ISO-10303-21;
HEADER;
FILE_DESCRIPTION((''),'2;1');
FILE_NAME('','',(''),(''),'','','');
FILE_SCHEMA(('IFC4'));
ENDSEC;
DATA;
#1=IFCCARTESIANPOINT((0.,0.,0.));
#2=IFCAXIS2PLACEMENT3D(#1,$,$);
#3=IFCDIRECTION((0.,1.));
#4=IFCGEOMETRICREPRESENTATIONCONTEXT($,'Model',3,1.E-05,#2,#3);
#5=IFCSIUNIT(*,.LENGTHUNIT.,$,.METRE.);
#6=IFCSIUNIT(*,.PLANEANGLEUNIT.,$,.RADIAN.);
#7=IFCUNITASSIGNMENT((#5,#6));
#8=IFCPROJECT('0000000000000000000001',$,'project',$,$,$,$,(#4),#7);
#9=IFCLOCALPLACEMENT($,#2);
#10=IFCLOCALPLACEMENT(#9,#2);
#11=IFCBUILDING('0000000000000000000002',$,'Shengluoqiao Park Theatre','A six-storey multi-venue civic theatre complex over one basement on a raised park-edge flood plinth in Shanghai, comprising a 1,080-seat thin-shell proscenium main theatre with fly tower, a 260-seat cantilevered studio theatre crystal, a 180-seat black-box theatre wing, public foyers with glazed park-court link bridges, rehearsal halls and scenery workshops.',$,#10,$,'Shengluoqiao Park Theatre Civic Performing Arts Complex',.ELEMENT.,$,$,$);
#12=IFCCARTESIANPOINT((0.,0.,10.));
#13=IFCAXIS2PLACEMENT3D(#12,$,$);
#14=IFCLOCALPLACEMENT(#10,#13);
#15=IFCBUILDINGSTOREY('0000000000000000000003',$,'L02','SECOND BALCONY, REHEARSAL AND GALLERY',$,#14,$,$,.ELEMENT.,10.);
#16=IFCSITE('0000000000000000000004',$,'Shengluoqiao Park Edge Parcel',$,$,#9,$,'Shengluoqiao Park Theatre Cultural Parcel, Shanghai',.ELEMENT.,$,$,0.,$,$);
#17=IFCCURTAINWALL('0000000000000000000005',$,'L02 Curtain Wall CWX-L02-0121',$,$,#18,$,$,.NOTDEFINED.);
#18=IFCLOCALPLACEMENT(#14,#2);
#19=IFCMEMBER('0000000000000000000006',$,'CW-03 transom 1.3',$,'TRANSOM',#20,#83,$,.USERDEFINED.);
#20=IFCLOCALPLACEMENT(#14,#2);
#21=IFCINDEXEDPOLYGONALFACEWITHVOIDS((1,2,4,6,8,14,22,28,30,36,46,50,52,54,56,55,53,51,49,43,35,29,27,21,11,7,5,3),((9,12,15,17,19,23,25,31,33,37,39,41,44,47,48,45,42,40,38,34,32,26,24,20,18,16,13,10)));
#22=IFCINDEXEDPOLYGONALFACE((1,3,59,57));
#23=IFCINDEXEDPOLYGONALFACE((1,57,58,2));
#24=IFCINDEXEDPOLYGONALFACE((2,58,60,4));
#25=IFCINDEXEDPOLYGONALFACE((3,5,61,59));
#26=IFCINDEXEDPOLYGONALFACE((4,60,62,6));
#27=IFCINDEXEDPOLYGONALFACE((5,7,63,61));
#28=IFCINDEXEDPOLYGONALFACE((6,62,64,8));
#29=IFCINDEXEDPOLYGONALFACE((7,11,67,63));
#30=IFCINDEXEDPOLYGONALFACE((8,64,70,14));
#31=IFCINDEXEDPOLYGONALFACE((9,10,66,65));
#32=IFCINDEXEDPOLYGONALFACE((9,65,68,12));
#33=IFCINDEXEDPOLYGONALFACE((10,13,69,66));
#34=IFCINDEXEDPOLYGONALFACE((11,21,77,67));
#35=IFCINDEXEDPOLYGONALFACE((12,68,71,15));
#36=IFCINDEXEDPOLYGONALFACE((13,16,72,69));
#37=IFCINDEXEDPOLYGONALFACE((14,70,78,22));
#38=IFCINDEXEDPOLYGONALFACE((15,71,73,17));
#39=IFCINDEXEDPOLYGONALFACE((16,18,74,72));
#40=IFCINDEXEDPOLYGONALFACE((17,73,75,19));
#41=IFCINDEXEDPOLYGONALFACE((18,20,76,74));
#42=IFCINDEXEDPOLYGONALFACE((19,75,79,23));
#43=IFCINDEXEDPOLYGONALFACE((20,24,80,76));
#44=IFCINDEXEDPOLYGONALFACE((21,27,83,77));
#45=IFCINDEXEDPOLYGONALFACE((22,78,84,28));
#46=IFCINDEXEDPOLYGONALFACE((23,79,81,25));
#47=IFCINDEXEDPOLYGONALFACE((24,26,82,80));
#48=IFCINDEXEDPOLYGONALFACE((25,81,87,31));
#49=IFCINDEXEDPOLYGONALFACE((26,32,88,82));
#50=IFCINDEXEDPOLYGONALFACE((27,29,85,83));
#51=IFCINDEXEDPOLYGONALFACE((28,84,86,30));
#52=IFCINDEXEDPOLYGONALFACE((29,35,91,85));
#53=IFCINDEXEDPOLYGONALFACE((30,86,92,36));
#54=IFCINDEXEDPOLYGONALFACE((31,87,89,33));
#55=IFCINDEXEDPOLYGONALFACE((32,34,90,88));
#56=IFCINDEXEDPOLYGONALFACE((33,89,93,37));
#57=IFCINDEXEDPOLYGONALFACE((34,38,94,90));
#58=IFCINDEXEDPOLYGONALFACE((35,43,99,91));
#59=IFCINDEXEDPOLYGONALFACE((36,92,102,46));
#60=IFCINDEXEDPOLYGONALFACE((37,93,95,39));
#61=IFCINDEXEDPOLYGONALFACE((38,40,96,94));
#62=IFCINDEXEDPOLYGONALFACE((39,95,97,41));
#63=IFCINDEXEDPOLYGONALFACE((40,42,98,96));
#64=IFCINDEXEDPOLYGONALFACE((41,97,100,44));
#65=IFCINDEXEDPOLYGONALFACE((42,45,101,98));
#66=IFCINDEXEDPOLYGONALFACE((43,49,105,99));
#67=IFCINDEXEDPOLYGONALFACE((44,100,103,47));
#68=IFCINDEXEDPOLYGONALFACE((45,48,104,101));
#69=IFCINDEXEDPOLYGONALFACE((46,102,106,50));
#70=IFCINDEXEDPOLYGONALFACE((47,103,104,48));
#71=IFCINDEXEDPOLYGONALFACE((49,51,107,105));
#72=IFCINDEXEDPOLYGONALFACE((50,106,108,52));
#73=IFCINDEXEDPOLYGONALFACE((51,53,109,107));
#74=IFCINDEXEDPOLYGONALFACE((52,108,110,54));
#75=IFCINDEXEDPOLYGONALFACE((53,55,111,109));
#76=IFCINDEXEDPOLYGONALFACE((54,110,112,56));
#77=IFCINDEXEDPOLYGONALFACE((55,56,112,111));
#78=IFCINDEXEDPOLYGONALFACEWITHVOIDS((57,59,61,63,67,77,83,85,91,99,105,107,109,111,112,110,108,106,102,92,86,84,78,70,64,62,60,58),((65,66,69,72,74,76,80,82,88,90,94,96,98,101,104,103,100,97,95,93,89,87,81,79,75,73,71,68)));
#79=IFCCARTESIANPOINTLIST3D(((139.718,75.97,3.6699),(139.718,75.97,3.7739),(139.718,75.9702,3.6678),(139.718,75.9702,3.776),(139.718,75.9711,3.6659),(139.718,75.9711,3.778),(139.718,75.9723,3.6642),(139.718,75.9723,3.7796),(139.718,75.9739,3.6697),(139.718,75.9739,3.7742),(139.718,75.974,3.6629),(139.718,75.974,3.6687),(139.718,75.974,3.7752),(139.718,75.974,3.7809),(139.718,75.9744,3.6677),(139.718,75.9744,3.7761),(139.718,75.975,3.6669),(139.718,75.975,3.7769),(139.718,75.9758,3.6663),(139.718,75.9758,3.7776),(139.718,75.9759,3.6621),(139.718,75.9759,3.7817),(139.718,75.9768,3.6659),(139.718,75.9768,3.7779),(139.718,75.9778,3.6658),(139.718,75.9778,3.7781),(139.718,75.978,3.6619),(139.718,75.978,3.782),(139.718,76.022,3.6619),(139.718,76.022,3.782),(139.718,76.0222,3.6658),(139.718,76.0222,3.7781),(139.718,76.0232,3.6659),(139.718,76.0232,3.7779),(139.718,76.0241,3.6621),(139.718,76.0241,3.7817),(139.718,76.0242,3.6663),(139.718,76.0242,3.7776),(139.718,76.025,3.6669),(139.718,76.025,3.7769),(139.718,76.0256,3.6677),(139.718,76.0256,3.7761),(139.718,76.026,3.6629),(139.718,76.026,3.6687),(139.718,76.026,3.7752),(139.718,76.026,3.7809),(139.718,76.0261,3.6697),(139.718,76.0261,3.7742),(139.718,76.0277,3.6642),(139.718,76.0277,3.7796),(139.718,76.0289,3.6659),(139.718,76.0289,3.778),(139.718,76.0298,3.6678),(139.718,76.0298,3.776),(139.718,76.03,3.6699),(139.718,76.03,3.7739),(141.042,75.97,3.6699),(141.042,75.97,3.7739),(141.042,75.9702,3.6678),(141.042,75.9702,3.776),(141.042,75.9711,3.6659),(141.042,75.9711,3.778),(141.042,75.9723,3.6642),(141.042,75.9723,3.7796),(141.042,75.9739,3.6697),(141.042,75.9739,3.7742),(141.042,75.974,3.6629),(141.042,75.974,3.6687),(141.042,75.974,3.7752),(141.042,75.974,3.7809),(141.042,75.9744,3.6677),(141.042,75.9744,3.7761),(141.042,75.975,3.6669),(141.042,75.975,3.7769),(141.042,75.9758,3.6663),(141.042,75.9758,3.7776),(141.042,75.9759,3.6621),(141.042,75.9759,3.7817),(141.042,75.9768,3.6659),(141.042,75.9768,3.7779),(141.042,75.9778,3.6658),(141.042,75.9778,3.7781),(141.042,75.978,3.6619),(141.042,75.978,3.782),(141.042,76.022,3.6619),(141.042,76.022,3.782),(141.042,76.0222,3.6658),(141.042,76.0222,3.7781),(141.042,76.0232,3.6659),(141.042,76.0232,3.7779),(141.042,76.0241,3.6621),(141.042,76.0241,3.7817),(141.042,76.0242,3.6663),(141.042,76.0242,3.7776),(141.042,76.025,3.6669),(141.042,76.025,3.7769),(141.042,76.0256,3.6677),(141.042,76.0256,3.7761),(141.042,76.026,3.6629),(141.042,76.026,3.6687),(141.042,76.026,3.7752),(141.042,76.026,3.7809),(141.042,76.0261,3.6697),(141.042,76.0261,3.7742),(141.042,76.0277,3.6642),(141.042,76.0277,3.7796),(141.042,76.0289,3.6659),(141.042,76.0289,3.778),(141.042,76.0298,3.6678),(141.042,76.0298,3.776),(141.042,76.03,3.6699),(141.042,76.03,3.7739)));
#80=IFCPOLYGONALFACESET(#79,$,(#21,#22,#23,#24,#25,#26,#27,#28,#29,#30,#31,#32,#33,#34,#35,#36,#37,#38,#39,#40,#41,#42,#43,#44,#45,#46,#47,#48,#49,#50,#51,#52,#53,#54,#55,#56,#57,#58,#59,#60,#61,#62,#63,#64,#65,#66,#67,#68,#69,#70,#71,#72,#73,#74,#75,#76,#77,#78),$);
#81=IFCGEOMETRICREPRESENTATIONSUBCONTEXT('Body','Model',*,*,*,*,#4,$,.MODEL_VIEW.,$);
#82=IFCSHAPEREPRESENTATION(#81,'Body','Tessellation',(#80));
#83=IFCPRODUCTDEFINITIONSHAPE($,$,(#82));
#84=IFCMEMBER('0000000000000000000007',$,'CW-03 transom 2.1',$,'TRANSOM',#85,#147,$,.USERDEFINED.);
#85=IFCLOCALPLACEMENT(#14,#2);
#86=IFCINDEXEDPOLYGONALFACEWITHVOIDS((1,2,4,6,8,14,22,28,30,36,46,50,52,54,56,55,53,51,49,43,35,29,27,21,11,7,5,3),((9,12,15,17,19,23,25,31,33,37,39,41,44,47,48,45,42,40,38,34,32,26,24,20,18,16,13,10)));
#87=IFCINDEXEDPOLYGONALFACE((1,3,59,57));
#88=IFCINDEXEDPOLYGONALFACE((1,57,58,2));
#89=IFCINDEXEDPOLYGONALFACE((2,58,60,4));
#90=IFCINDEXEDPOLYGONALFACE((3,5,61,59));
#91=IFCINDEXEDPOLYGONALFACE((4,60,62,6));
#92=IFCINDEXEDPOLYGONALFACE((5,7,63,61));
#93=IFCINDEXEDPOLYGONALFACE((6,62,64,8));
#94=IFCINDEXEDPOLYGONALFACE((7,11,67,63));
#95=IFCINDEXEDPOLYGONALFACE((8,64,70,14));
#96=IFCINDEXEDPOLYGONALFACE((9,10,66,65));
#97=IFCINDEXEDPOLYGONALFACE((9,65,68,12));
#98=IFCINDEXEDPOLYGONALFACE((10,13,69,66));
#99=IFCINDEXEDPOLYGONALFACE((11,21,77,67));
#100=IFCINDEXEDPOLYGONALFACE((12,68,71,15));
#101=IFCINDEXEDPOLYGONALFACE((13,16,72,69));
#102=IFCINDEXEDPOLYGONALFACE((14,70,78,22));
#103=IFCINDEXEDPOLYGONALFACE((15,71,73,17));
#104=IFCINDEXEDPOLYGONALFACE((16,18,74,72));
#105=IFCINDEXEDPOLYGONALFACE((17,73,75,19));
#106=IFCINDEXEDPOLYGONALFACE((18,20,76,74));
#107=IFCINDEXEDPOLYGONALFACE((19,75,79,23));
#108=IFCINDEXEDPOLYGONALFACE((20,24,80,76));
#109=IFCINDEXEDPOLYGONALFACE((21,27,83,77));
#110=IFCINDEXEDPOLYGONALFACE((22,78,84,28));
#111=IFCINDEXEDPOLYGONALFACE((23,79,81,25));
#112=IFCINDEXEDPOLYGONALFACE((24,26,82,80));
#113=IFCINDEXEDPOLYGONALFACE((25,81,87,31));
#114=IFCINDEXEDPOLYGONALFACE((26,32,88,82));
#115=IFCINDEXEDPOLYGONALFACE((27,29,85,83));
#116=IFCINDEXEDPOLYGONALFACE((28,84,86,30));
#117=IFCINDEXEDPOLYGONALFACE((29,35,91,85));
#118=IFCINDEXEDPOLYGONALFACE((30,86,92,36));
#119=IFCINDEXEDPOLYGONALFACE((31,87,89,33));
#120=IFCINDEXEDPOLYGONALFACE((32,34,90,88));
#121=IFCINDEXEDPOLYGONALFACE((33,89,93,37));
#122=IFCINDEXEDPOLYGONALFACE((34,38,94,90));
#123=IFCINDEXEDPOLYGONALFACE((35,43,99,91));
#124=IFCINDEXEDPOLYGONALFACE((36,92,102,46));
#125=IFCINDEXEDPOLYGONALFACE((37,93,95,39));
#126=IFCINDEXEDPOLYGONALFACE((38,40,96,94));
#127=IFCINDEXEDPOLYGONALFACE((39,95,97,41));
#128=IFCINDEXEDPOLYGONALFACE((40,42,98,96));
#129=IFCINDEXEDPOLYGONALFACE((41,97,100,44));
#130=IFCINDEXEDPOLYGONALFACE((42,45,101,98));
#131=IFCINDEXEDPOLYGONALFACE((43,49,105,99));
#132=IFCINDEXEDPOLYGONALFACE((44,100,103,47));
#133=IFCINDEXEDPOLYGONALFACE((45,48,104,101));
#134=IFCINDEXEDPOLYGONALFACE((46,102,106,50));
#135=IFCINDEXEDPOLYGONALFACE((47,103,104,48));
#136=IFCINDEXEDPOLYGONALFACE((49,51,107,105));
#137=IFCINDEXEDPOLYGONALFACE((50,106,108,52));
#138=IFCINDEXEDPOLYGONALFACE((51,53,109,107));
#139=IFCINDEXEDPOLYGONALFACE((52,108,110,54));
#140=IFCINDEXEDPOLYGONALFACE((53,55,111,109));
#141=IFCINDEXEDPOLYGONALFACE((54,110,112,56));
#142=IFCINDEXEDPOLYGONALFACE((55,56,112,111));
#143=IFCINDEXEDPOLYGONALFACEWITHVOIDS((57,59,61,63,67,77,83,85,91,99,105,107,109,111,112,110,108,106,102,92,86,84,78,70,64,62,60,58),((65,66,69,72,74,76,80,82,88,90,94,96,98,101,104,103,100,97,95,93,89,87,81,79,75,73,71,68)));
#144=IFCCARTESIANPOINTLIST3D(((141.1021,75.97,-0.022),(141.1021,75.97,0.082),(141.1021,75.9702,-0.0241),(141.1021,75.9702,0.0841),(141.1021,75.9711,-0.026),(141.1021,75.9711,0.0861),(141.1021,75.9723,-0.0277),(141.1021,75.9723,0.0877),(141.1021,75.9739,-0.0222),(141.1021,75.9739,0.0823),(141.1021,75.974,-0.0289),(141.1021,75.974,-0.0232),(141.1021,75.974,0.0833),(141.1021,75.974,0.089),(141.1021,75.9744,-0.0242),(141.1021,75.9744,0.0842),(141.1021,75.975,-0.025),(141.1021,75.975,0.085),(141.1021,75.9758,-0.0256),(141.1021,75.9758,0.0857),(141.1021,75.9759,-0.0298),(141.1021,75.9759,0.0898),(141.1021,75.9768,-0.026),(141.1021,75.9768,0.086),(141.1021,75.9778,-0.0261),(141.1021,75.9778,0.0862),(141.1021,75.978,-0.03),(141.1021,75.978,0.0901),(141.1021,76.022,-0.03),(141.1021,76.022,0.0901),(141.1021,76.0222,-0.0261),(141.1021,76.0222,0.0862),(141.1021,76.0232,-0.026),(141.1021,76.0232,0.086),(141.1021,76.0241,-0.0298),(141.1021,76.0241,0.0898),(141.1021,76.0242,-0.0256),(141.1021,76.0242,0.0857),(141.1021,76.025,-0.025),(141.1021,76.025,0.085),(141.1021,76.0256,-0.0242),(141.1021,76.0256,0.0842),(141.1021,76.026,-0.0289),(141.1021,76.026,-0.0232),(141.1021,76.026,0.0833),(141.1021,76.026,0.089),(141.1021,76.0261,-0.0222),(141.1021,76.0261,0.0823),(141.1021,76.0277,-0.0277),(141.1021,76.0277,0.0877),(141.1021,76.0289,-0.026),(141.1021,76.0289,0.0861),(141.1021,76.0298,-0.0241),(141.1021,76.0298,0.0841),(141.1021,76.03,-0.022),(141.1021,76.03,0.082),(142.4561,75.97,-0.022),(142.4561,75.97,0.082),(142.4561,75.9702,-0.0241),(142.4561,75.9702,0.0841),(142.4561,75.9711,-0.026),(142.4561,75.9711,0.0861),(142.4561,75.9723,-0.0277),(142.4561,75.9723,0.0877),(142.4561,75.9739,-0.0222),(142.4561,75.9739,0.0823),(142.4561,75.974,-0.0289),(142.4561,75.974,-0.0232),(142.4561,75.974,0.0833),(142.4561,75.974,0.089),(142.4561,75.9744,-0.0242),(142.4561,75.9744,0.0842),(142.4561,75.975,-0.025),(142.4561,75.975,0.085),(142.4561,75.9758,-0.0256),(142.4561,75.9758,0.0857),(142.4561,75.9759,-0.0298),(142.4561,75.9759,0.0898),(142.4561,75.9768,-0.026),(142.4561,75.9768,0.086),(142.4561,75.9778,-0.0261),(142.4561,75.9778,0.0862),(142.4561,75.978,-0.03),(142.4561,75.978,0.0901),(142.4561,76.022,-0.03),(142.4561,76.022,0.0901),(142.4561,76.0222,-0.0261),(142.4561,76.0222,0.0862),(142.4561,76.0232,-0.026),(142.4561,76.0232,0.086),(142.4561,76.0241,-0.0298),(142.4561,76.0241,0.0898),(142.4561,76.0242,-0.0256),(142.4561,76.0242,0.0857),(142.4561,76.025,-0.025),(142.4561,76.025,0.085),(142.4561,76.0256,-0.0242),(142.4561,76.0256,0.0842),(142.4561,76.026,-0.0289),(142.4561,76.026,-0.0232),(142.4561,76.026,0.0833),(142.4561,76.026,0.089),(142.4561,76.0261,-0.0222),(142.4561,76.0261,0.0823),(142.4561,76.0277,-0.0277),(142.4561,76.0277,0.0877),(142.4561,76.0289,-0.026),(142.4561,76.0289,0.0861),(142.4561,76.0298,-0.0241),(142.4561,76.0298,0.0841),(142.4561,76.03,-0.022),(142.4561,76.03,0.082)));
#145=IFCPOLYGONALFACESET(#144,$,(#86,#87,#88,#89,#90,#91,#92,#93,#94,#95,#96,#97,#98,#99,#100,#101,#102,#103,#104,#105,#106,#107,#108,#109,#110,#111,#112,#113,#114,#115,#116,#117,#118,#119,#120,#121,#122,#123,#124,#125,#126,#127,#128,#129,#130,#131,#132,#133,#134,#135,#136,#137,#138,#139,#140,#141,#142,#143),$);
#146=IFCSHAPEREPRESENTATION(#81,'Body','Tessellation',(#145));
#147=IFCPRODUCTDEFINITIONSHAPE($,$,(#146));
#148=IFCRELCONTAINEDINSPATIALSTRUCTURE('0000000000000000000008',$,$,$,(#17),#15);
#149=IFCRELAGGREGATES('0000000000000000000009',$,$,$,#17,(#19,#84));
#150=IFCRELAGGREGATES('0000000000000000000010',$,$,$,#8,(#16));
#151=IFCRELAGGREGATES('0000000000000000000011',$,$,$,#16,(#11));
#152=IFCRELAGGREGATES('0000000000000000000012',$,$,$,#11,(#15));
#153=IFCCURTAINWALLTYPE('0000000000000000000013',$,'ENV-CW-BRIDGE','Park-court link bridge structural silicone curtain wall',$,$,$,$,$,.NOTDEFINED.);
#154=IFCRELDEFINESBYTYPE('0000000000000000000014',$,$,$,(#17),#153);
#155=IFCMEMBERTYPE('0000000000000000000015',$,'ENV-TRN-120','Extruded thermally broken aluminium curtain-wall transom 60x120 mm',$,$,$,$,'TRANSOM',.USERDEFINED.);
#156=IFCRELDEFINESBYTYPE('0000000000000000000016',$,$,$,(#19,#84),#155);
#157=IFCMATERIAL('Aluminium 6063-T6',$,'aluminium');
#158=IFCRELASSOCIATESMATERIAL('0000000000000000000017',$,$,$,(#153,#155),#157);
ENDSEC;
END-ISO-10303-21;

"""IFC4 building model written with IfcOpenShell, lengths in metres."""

from ifc_helpers import new_model, si_unit, direction, frame, origin, origin_2d, place, context, subcontext, project, spatial, hollow_rectangle, extrude, material, material_profile, profile_set, type_object, element, aggregate, save


model = new_model("IFC4")

# Units and contexts
model_context = context("Model", 3, precision=1e-05, world=origin(), true_north=direction((0.0, 1.0)))
body_context = subcontext(model_context, "Body", "Model", "MODEL_VIEW")
ifc_project = project(units=[si_unit("LENGTHUNIT", "METRE"), si_unit("PLANEANGLEUNIT", "RADIAN")], contexts=[model_context])

# Site, building, storey
site_placement = place(None, origin())
site = spatial("IfcSite", under=ifc_project, at=site_placement, Name="Shengluoqiao Park Edge Parcel", LongName="Shengluoqiao Park Theatre Cultural Parcel, Shanghai", CompositionType="ELEMENT", RefElevation=0.0)
building_placement = place(site_placement, origin())
building = spatial("IfcBuilding", under=site, at=building_placement, Name="Shengluoqiao Park Theatre", Description="A six-storey multi-venue civic theatre complex over one basement on a raised park-edge flood plinth in Shanghai, comprising a 1,080-seat thin-shell proscenium main theatre with fly tower, a 260-seat cantilevered studio theatre crystal, a 180-seat black-box theatre wing, public foyers with glazed park-court link bridges, rehearsal halls and scenery workshops.", LongName="Shengluoqiao Park Theatre Civic Performing Arts Complex", CompositionType="ELEMENT")
storey_placement = place(building_placement, frame((0.0, 0.0, 10.0)))
storey = spatial("IfcBuildingStorey", under=building, at=storey_placement, Name="L02", Description="SECOND BALCONY, REHEARSAL AND GALLERY", CompositionType="ELEMENT", Elevation=10.0)

# Curtain wall, members
ifc_material_1 = material(Name="Aluminium 6063-T6", Category="aluminium")
curtain_wall_type = type_object("IfcCurtainWallType", Name="ENV-CW-BRIDGE", Description="Park-court link bridge structural silicone curtain wall", PredefinedType="NOTDEFINED", material=ifc_material_1)
curtain_wall_placement = place(storey_placement, origin())
curtain_wall = element("IfcCurtainWall", 1, at=curtain_wall_placement, inside=storey, type_object=curtain_wall_type, Name="L02 Curtain Wall CWX-L02-0121", PredefinedType="NOTDEFINED")
ifc_material_profile_1 = material_profile(ifc_material_1, hollow_rectangle(XDim=0.0601, YDim=0.1201, WallThickness=0.0039, InnerFilletRadius=0.0039, OuterFilletRadius=0.0081, at=origin_2d()), Name="ALU TRANSOM 120x60x4")
ifc_profile_set_1 = profile_set([ifc_material_profile_1], Name="Aluminium 6063-T6")
member_type_1 = type_object("IfcMemberType", Name="ENV-TRN-120", Description="Extruded thermally broken aluminium curtain-wall transom 60x120 mm", ElementType="TRANSOM", PredefinedType="USERDEFINED", material=ifc_profile_set_1)
member_1_placement = place(storey_placement, frame((139.718, 76.0, 3.7219), z_axis=(1.0, 0.0, 0.0), x_axis=(0.0, 1.0, 0.0)))
member_1 = element("IfcMember", 2, at=member_1_placement, type_object=member_type_1, Name="CW-03 transom 1.3", ObjectType="TRANSOM", PredefinedType="USERDEFINED", context=body_context, shape_type="SweptSolid", body=[
    extrude(hollow_rectangle(XDim=0.0601, YDim=0.1201, WallThickness=0.0039, InnerFilletRadius=0.0039, OuterFilletRadius=0.0081, at=origin_2d()), origin(), (0.0, 0.0, 1.0), 1.324),
])
member_2_placement = place(storey_placement, frame((141.1021, 76.0, 0.03), z_axis=(1.0, 0.0, 0.0), x_axis=(0.0, 1.0, 0.0)))
member_2 = element("IfcMember", 3, at=member_2_placement, type_object=member_type_1, Name="CW-03 transom 2.1", ObjectType="TRANSOM", PredefinedType="USERDEFINED", context=body_context, shape_type="SweptSolid", body=[
    extrude(hollow_rectangle(XDim=0.0601, YDim=0.1201, WallThickness=0.0039, InnerFilletRadius=0.0039, OuterFilletRadius=0.0081, at=origin_2d()), origin(), (0.0, 0.0, 1.0), 1.354),
])
aggregate(curtain_wall, [member_1, member_2])

save(model, "model.ifc")
